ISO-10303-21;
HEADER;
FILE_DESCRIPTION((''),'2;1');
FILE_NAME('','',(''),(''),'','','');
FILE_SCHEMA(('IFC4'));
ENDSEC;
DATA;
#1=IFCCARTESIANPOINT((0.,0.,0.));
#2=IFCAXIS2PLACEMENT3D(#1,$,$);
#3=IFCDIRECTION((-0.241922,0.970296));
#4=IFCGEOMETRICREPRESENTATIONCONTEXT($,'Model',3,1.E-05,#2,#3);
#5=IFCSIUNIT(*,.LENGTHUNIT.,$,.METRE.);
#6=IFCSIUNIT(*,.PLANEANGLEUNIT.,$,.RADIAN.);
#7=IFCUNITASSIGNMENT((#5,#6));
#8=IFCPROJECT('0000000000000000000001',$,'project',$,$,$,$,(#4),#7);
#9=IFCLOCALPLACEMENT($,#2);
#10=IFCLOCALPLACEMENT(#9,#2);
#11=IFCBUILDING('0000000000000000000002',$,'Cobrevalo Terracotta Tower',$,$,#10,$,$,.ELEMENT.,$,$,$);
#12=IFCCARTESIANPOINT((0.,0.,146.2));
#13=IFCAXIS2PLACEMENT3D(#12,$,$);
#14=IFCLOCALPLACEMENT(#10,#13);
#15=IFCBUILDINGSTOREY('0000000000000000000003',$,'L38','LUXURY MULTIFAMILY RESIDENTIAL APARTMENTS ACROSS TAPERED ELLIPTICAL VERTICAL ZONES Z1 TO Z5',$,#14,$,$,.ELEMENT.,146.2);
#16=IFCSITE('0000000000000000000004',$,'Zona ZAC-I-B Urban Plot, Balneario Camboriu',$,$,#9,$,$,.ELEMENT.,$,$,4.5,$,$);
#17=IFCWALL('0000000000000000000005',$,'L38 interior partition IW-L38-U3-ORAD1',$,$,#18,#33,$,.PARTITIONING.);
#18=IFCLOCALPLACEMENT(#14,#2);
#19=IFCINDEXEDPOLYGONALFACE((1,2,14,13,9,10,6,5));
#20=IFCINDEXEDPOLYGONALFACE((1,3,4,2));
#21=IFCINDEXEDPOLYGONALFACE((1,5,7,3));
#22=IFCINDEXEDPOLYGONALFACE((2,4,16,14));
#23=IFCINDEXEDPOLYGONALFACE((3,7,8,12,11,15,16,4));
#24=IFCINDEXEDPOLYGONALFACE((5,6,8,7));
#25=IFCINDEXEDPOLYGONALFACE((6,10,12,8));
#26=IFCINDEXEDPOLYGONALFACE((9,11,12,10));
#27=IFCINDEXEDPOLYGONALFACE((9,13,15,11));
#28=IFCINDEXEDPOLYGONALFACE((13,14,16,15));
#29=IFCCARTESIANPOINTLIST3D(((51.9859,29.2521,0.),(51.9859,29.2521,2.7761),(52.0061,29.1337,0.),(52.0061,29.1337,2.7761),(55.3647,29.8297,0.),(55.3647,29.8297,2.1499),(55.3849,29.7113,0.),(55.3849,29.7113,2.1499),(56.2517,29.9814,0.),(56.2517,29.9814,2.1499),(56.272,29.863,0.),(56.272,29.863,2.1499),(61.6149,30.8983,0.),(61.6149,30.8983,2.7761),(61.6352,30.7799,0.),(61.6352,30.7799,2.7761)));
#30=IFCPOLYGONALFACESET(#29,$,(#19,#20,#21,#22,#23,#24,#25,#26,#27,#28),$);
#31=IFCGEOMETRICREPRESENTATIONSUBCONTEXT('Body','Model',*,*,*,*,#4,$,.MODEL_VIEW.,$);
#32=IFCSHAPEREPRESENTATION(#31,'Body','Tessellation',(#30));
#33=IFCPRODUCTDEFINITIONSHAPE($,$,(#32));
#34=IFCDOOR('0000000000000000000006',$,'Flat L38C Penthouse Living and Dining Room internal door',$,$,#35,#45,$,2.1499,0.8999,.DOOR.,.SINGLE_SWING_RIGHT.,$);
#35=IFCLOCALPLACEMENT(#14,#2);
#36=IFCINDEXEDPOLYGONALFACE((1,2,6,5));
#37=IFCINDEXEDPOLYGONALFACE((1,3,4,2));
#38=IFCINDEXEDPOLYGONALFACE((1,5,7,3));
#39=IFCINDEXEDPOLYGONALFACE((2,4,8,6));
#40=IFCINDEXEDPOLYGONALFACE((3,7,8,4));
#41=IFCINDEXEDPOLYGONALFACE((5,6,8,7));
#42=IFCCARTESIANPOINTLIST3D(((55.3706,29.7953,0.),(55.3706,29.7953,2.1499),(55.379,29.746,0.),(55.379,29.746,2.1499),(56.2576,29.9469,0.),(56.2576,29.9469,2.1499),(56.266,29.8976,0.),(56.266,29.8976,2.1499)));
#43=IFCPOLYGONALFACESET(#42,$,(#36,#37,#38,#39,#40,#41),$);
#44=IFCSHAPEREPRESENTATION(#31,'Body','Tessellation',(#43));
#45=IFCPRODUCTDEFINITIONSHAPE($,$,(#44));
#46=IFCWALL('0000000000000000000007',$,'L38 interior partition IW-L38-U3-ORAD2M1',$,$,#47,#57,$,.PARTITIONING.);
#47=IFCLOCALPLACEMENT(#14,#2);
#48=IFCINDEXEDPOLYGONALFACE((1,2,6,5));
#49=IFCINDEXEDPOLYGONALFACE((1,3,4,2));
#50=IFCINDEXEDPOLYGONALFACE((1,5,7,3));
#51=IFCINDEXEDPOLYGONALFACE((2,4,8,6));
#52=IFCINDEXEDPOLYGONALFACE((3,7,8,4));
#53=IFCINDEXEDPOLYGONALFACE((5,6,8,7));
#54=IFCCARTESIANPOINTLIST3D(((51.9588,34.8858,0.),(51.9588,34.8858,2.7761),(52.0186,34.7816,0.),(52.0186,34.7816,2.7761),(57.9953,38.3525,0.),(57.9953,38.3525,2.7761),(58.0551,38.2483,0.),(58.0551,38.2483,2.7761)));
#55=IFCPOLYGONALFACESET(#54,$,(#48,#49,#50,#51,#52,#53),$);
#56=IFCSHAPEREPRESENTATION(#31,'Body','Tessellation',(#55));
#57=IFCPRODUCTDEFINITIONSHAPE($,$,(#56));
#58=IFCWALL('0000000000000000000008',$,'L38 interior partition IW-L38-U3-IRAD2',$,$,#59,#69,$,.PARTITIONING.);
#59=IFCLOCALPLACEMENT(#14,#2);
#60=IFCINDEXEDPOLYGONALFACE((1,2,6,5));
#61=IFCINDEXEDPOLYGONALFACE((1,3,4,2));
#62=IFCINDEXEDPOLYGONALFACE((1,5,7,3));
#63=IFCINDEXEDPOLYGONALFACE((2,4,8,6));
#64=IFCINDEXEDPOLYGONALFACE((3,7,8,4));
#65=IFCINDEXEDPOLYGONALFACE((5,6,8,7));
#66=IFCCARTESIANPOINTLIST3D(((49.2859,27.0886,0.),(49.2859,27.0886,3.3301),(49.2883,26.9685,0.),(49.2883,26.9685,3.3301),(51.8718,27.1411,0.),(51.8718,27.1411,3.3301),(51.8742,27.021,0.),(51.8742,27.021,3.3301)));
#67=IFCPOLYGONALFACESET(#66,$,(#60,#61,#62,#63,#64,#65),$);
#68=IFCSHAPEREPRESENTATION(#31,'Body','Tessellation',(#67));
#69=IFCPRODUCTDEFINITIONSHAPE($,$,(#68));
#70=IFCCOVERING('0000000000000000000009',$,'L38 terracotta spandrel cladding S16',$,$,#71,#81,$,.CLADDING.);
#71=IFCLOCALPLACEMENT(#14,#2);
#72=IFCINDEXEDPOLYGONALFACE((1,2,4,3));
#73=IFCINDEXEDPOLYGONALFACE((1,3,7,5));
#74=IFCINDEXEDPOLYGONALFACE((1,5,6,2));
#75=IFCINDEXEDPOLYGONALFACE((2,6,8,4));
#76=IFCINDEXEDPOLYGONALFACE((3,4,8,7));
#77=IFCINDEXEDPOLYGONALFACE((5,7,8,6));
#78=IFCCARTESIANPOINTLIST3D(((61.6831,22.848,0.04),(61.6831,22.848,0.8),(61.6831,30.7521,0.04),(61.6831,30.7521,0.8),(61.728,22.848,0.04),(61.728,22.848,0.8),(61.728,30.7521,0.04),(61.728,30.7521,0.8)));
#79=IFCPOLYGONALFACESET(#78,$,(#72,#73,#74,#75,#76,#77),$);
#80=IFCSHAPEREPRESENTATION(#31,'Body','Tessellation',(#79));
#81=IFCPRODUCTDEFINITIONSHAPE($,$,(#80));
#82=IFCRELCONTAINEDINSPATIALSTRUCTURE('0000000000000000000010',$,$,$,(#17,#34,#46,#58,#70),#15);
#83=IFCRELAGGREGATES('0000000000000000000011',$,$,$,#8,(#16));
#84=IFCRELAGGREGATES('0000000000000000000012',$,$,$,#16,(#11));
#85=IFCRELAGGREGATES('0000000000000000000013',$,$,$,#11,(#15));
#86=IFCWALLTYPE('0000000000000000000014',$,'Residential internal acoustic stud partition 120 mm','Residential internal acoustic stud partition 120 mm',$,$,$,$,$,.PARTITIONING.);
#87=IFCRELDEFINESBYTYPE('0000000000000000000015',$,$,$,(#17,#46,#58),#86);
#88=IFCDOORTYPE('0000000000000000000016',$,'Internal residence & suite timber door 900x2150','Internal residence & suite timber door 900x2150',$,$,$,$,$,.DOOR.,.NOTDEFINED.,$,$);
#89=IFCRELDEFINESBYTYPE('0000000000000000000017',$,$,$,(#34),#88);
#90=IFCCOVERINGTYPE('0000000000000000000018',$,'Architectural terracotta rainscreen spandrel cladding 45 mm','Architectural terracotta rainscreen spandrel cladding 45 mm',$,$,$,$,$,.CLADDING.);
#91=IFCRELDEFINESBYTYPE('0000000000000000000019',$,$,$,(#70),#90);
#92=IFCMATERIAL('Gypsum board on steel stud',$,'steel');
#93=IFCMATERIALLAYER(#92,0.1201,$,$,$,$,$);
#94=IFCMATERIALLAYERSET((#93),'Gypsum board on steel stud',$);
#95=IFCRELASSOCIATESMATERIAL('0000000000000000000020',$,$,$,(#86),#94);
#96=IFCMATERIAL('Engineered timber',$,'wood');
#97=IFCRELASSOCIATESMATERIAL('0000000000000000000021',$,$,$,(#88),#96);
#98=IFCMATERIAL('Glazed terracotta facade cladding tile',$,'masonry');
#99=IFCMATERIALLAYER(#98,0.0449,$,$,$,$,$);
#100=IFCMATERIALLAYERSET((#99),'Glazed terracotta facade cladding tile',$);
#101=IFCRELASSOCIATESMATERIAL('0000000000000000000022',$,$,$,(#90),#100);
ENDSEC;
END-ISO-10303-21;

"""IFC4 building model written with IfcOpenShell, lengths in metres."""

from ifc_helpers import new_model, si_unit, direction, frame, frame_2d, origin, origin_2d, place, context, subcontext, project, spatial, rectangle, extrude, source, transform, mapped, material, layer, layer_set, type_object, element, fill, save


model = new_model("IFC4")

# Units and contexts
model_context = context("Model", 3, precision=1e-05, world=origin(), true_north=direction((-0.241922, 0.970296)))
body_context = subcontext(model_context, "Body", "Model", "MODEL_VIEW")
ifc_project = project(units=[si_unit("LENGTHUNIT", "METRE"), si_unit("PLANEANGLEUNIT", "RADIAN")], contexts=[model_context])

# Site, building, storey
site_placement = place(None, origin())
site = spatial("IfcSite", under=ifc_project, at=site_placement, Name="Zona ZAC-I-B Urban Plot, Balneario Camboriu", CompositionType="ELEMENT", RefElevation=4.5)
building_placement = place(site_placement, origin())
building = spatial("IfcBuilding", under=site, at=building_placement, Name="Cobrevalo Terracotta Tower", CompositionType="ELEMENT")
storey_placement = place(building_placement, frame((0.0, 0.0, 146.2)))
storey = spatial("IfcBuildingStorey", under=building, at=storey_placement, Name="L38", Description="LUXURY MULTIFAMILY RESIDENTIAL APARTMENTS ACROSS TAPERED ELLIPTICAL VERTICAL ZONES Z1 TO Z5", CompositionType="ELEMENT", Elevation=146.2)

# Wall, opening, door
ifc_material_1 = material(Name="Gypsum board on steel stud", Category="steel")
ifc_layer_1 = layer(ifc_material_1, 0.1201)
ifc_layer_set_1 = layer_set([ifc_layer_1], Name="Gypsum board on steel stud")
wall_type = type_object("IfcWallType", Name="Residential internal acoustic stud partition 120 mm", Description="Residential internal acoustic stud partition 120 mm", PredefinedType="PARTITIONING", material=ifc_layer_set_1)
wall_1_placement = place(storey_placement, frame((51.9961, 29.1929, 0.0), z_axis=(0.0, 0.0, 1.0), x_axis=(0.985698, 0.168519, 0.0)))
wall_1 = element("IfcWall", 1, at=wall_1_placement, inside=storey, type_object=wall_type, Name="L38 interior partition IW-L38-U3-ORAD1", PredefinedType="PARTITIONING", context=body_context, shape_type="SweptSolid", body=[
    extrude(rectangle(XDim=9.7688, YDim=0.1201, at=frame_2d((4.8843, 0.0))), origin(), (0.0, 0.0, 1.0), 2.7761),
])
opening_1_placement = place(wall_1_placement, frame((3.4277, 0.0, 0.0)))
opening_1 = element("IfcOpeningElement", 2, at=opening_1_placement, cuts=wall_1, PredefinedType="OPENING", context=body_context, shape_type="SweptSolid", body=[
    extrude(rectangle(XDim=0.8999, YDim=2.1499, at=frame_2d((0.45, 1.075))), frame((0.0, 0.0701, 0.0), z_axis=(0.0, -1.0, 0.0), x_axis=(1.0, 0.0, 0.0)), (0.0, 0.0, 1.0), 0.1401),
])
ifc_material_2 = material(Name="Engineered timber", Category="wood")
door_type_1 = type_object("IfcDoorType", Name="Internal residence & suite timber door 900x2150", Description="Internal residence & suite timber door 900x2150", OperationType="NOTDEFINED", PredefinedType="DOOR", material=ifc_material_2)
shared_shape_1 = source(origin(), body_context, "Body", "SweptSolid", [
    extrude(rectangle(XDim=0.8999, YDim=2.1499, at=frame_2d((0.45, 1.075))), frame((0.0, 0.0249, 0.0), z_axis=(0.0, -1.0, 0.0), x_axis=(1.0, 0.0, 0.0)), (0.0, 0.0, 1.0), 0.05),
])
door_1_placement = place(opening_1_placement, frame((0.8999, 0.0, 0.0), z_axis=(0.0, 0.0, 1.0), x_axis=(-1.0, 0.0, 0.0)))
door_1 = element("IfcDoor", 3, at=door_1_placement, inside=storey, type_object=door_type_1, Name="Flat L38C Penthouse Living and Dining Room internal door", OperationType="SINGLE_SWING_RIGHT", OverallHeight=2.1499, OverallWidth=0.8999, PredefinedType="DOOR", context=body_context, shape_type="MappedRepresentation", body=[
    mapped(shared_shape_1, transform((0.0, 0.0, 0.0), scale=1.0)),
])
fill(opening_1, door_1)

# Walls
wall_2_placement = place(storey_placement, frame((51.9888, 34.8337, 0.0), z_axis=(0.0, 0.0, 1.0), x_axis=(0.867171, 0.498011, 0.0)))
element("IfcWall", 4, at=wall_2_placement, inside=storey, type_object=wall_type, Name="L38 interior partition IW-L38-U3-ORAD2M1", PredefinedType="PARTITIONING", context=body_context, shape_type="SweptSolid", body=[
    extrude(rectangle(XDim=6.9612, YDim=0.1201, at=frame_2d((3.4805, 0.0))), origin(), (0.0, 0.0, 1.0), 2.7761),
])
wall_3_placement = place(storey_placement, frame((49.2871, 27.0286, 0.0), z_axis=(0.0, 0.0, 1.0), x_axis=(0.999794, 0.020294, 0.0)))
element("IfcWall", 5, at=wall_3_placement, inside=storey, type_object=wall_type, Name="L38 interior partition IW-L38-U3-IRAD2", PredefinedType="PARTITIONING", context=body_context, shape_type="SweptSolid", body=[
    extrude(rectangle(XDim=2.5864, YDim=0.1201, at=frame_2d((1.2932, 0.0))), origin(), (0.0, 0.0, 1.0), 3.3301),
])

# Covering
ifc_material_3 = material(Name="Glazed terracotta facade cladding tile", Category="masonry")
ifc_layer_2 = layer(ifc_material_3, 0.0449)
ifc_layer_set_2 = layer_set([ifc_layer_2], Name="Glazed terracotta facade cladding tile")
covering_type = type_object("IfcCoveringType", Name="Architectural terracotta rainscreen spandrel cladding 45 mm", Description="Architectural terracotta rainscreen spandrel cladding 45 mm", PredefinedType="CLADDING", material=ifc_layer_set_2)
shared_shape_2 = source(origin(), body_context, "Body", "SweptSolid", [
    extrude(rectangle(XDim=7.9041, YDim=0.0449, at=origin_2d()), origin(), (0.0, 0.0, 1.0), 0.76),
])
covering_placement = place(storey_placement, frame((61.7056, 26.8, 0.04), z_axis=(0.0, 0.0, 1.0), x_axis=(0.0, 1.0, 0.0)))
element("IfcCovering", 6, at=covering_placement, inside=storey, type_object=covering_type, Name="L38 terracotta spandrel cladding S16", PredefinedType="CLADDING", context=body_context, shape_type="MappedRepresentation", body=[
    mapped(shared_shape_2, transform((0.0, 0.0, 0.0), scale=1.0)),
])

save(model, "model.ifc")
